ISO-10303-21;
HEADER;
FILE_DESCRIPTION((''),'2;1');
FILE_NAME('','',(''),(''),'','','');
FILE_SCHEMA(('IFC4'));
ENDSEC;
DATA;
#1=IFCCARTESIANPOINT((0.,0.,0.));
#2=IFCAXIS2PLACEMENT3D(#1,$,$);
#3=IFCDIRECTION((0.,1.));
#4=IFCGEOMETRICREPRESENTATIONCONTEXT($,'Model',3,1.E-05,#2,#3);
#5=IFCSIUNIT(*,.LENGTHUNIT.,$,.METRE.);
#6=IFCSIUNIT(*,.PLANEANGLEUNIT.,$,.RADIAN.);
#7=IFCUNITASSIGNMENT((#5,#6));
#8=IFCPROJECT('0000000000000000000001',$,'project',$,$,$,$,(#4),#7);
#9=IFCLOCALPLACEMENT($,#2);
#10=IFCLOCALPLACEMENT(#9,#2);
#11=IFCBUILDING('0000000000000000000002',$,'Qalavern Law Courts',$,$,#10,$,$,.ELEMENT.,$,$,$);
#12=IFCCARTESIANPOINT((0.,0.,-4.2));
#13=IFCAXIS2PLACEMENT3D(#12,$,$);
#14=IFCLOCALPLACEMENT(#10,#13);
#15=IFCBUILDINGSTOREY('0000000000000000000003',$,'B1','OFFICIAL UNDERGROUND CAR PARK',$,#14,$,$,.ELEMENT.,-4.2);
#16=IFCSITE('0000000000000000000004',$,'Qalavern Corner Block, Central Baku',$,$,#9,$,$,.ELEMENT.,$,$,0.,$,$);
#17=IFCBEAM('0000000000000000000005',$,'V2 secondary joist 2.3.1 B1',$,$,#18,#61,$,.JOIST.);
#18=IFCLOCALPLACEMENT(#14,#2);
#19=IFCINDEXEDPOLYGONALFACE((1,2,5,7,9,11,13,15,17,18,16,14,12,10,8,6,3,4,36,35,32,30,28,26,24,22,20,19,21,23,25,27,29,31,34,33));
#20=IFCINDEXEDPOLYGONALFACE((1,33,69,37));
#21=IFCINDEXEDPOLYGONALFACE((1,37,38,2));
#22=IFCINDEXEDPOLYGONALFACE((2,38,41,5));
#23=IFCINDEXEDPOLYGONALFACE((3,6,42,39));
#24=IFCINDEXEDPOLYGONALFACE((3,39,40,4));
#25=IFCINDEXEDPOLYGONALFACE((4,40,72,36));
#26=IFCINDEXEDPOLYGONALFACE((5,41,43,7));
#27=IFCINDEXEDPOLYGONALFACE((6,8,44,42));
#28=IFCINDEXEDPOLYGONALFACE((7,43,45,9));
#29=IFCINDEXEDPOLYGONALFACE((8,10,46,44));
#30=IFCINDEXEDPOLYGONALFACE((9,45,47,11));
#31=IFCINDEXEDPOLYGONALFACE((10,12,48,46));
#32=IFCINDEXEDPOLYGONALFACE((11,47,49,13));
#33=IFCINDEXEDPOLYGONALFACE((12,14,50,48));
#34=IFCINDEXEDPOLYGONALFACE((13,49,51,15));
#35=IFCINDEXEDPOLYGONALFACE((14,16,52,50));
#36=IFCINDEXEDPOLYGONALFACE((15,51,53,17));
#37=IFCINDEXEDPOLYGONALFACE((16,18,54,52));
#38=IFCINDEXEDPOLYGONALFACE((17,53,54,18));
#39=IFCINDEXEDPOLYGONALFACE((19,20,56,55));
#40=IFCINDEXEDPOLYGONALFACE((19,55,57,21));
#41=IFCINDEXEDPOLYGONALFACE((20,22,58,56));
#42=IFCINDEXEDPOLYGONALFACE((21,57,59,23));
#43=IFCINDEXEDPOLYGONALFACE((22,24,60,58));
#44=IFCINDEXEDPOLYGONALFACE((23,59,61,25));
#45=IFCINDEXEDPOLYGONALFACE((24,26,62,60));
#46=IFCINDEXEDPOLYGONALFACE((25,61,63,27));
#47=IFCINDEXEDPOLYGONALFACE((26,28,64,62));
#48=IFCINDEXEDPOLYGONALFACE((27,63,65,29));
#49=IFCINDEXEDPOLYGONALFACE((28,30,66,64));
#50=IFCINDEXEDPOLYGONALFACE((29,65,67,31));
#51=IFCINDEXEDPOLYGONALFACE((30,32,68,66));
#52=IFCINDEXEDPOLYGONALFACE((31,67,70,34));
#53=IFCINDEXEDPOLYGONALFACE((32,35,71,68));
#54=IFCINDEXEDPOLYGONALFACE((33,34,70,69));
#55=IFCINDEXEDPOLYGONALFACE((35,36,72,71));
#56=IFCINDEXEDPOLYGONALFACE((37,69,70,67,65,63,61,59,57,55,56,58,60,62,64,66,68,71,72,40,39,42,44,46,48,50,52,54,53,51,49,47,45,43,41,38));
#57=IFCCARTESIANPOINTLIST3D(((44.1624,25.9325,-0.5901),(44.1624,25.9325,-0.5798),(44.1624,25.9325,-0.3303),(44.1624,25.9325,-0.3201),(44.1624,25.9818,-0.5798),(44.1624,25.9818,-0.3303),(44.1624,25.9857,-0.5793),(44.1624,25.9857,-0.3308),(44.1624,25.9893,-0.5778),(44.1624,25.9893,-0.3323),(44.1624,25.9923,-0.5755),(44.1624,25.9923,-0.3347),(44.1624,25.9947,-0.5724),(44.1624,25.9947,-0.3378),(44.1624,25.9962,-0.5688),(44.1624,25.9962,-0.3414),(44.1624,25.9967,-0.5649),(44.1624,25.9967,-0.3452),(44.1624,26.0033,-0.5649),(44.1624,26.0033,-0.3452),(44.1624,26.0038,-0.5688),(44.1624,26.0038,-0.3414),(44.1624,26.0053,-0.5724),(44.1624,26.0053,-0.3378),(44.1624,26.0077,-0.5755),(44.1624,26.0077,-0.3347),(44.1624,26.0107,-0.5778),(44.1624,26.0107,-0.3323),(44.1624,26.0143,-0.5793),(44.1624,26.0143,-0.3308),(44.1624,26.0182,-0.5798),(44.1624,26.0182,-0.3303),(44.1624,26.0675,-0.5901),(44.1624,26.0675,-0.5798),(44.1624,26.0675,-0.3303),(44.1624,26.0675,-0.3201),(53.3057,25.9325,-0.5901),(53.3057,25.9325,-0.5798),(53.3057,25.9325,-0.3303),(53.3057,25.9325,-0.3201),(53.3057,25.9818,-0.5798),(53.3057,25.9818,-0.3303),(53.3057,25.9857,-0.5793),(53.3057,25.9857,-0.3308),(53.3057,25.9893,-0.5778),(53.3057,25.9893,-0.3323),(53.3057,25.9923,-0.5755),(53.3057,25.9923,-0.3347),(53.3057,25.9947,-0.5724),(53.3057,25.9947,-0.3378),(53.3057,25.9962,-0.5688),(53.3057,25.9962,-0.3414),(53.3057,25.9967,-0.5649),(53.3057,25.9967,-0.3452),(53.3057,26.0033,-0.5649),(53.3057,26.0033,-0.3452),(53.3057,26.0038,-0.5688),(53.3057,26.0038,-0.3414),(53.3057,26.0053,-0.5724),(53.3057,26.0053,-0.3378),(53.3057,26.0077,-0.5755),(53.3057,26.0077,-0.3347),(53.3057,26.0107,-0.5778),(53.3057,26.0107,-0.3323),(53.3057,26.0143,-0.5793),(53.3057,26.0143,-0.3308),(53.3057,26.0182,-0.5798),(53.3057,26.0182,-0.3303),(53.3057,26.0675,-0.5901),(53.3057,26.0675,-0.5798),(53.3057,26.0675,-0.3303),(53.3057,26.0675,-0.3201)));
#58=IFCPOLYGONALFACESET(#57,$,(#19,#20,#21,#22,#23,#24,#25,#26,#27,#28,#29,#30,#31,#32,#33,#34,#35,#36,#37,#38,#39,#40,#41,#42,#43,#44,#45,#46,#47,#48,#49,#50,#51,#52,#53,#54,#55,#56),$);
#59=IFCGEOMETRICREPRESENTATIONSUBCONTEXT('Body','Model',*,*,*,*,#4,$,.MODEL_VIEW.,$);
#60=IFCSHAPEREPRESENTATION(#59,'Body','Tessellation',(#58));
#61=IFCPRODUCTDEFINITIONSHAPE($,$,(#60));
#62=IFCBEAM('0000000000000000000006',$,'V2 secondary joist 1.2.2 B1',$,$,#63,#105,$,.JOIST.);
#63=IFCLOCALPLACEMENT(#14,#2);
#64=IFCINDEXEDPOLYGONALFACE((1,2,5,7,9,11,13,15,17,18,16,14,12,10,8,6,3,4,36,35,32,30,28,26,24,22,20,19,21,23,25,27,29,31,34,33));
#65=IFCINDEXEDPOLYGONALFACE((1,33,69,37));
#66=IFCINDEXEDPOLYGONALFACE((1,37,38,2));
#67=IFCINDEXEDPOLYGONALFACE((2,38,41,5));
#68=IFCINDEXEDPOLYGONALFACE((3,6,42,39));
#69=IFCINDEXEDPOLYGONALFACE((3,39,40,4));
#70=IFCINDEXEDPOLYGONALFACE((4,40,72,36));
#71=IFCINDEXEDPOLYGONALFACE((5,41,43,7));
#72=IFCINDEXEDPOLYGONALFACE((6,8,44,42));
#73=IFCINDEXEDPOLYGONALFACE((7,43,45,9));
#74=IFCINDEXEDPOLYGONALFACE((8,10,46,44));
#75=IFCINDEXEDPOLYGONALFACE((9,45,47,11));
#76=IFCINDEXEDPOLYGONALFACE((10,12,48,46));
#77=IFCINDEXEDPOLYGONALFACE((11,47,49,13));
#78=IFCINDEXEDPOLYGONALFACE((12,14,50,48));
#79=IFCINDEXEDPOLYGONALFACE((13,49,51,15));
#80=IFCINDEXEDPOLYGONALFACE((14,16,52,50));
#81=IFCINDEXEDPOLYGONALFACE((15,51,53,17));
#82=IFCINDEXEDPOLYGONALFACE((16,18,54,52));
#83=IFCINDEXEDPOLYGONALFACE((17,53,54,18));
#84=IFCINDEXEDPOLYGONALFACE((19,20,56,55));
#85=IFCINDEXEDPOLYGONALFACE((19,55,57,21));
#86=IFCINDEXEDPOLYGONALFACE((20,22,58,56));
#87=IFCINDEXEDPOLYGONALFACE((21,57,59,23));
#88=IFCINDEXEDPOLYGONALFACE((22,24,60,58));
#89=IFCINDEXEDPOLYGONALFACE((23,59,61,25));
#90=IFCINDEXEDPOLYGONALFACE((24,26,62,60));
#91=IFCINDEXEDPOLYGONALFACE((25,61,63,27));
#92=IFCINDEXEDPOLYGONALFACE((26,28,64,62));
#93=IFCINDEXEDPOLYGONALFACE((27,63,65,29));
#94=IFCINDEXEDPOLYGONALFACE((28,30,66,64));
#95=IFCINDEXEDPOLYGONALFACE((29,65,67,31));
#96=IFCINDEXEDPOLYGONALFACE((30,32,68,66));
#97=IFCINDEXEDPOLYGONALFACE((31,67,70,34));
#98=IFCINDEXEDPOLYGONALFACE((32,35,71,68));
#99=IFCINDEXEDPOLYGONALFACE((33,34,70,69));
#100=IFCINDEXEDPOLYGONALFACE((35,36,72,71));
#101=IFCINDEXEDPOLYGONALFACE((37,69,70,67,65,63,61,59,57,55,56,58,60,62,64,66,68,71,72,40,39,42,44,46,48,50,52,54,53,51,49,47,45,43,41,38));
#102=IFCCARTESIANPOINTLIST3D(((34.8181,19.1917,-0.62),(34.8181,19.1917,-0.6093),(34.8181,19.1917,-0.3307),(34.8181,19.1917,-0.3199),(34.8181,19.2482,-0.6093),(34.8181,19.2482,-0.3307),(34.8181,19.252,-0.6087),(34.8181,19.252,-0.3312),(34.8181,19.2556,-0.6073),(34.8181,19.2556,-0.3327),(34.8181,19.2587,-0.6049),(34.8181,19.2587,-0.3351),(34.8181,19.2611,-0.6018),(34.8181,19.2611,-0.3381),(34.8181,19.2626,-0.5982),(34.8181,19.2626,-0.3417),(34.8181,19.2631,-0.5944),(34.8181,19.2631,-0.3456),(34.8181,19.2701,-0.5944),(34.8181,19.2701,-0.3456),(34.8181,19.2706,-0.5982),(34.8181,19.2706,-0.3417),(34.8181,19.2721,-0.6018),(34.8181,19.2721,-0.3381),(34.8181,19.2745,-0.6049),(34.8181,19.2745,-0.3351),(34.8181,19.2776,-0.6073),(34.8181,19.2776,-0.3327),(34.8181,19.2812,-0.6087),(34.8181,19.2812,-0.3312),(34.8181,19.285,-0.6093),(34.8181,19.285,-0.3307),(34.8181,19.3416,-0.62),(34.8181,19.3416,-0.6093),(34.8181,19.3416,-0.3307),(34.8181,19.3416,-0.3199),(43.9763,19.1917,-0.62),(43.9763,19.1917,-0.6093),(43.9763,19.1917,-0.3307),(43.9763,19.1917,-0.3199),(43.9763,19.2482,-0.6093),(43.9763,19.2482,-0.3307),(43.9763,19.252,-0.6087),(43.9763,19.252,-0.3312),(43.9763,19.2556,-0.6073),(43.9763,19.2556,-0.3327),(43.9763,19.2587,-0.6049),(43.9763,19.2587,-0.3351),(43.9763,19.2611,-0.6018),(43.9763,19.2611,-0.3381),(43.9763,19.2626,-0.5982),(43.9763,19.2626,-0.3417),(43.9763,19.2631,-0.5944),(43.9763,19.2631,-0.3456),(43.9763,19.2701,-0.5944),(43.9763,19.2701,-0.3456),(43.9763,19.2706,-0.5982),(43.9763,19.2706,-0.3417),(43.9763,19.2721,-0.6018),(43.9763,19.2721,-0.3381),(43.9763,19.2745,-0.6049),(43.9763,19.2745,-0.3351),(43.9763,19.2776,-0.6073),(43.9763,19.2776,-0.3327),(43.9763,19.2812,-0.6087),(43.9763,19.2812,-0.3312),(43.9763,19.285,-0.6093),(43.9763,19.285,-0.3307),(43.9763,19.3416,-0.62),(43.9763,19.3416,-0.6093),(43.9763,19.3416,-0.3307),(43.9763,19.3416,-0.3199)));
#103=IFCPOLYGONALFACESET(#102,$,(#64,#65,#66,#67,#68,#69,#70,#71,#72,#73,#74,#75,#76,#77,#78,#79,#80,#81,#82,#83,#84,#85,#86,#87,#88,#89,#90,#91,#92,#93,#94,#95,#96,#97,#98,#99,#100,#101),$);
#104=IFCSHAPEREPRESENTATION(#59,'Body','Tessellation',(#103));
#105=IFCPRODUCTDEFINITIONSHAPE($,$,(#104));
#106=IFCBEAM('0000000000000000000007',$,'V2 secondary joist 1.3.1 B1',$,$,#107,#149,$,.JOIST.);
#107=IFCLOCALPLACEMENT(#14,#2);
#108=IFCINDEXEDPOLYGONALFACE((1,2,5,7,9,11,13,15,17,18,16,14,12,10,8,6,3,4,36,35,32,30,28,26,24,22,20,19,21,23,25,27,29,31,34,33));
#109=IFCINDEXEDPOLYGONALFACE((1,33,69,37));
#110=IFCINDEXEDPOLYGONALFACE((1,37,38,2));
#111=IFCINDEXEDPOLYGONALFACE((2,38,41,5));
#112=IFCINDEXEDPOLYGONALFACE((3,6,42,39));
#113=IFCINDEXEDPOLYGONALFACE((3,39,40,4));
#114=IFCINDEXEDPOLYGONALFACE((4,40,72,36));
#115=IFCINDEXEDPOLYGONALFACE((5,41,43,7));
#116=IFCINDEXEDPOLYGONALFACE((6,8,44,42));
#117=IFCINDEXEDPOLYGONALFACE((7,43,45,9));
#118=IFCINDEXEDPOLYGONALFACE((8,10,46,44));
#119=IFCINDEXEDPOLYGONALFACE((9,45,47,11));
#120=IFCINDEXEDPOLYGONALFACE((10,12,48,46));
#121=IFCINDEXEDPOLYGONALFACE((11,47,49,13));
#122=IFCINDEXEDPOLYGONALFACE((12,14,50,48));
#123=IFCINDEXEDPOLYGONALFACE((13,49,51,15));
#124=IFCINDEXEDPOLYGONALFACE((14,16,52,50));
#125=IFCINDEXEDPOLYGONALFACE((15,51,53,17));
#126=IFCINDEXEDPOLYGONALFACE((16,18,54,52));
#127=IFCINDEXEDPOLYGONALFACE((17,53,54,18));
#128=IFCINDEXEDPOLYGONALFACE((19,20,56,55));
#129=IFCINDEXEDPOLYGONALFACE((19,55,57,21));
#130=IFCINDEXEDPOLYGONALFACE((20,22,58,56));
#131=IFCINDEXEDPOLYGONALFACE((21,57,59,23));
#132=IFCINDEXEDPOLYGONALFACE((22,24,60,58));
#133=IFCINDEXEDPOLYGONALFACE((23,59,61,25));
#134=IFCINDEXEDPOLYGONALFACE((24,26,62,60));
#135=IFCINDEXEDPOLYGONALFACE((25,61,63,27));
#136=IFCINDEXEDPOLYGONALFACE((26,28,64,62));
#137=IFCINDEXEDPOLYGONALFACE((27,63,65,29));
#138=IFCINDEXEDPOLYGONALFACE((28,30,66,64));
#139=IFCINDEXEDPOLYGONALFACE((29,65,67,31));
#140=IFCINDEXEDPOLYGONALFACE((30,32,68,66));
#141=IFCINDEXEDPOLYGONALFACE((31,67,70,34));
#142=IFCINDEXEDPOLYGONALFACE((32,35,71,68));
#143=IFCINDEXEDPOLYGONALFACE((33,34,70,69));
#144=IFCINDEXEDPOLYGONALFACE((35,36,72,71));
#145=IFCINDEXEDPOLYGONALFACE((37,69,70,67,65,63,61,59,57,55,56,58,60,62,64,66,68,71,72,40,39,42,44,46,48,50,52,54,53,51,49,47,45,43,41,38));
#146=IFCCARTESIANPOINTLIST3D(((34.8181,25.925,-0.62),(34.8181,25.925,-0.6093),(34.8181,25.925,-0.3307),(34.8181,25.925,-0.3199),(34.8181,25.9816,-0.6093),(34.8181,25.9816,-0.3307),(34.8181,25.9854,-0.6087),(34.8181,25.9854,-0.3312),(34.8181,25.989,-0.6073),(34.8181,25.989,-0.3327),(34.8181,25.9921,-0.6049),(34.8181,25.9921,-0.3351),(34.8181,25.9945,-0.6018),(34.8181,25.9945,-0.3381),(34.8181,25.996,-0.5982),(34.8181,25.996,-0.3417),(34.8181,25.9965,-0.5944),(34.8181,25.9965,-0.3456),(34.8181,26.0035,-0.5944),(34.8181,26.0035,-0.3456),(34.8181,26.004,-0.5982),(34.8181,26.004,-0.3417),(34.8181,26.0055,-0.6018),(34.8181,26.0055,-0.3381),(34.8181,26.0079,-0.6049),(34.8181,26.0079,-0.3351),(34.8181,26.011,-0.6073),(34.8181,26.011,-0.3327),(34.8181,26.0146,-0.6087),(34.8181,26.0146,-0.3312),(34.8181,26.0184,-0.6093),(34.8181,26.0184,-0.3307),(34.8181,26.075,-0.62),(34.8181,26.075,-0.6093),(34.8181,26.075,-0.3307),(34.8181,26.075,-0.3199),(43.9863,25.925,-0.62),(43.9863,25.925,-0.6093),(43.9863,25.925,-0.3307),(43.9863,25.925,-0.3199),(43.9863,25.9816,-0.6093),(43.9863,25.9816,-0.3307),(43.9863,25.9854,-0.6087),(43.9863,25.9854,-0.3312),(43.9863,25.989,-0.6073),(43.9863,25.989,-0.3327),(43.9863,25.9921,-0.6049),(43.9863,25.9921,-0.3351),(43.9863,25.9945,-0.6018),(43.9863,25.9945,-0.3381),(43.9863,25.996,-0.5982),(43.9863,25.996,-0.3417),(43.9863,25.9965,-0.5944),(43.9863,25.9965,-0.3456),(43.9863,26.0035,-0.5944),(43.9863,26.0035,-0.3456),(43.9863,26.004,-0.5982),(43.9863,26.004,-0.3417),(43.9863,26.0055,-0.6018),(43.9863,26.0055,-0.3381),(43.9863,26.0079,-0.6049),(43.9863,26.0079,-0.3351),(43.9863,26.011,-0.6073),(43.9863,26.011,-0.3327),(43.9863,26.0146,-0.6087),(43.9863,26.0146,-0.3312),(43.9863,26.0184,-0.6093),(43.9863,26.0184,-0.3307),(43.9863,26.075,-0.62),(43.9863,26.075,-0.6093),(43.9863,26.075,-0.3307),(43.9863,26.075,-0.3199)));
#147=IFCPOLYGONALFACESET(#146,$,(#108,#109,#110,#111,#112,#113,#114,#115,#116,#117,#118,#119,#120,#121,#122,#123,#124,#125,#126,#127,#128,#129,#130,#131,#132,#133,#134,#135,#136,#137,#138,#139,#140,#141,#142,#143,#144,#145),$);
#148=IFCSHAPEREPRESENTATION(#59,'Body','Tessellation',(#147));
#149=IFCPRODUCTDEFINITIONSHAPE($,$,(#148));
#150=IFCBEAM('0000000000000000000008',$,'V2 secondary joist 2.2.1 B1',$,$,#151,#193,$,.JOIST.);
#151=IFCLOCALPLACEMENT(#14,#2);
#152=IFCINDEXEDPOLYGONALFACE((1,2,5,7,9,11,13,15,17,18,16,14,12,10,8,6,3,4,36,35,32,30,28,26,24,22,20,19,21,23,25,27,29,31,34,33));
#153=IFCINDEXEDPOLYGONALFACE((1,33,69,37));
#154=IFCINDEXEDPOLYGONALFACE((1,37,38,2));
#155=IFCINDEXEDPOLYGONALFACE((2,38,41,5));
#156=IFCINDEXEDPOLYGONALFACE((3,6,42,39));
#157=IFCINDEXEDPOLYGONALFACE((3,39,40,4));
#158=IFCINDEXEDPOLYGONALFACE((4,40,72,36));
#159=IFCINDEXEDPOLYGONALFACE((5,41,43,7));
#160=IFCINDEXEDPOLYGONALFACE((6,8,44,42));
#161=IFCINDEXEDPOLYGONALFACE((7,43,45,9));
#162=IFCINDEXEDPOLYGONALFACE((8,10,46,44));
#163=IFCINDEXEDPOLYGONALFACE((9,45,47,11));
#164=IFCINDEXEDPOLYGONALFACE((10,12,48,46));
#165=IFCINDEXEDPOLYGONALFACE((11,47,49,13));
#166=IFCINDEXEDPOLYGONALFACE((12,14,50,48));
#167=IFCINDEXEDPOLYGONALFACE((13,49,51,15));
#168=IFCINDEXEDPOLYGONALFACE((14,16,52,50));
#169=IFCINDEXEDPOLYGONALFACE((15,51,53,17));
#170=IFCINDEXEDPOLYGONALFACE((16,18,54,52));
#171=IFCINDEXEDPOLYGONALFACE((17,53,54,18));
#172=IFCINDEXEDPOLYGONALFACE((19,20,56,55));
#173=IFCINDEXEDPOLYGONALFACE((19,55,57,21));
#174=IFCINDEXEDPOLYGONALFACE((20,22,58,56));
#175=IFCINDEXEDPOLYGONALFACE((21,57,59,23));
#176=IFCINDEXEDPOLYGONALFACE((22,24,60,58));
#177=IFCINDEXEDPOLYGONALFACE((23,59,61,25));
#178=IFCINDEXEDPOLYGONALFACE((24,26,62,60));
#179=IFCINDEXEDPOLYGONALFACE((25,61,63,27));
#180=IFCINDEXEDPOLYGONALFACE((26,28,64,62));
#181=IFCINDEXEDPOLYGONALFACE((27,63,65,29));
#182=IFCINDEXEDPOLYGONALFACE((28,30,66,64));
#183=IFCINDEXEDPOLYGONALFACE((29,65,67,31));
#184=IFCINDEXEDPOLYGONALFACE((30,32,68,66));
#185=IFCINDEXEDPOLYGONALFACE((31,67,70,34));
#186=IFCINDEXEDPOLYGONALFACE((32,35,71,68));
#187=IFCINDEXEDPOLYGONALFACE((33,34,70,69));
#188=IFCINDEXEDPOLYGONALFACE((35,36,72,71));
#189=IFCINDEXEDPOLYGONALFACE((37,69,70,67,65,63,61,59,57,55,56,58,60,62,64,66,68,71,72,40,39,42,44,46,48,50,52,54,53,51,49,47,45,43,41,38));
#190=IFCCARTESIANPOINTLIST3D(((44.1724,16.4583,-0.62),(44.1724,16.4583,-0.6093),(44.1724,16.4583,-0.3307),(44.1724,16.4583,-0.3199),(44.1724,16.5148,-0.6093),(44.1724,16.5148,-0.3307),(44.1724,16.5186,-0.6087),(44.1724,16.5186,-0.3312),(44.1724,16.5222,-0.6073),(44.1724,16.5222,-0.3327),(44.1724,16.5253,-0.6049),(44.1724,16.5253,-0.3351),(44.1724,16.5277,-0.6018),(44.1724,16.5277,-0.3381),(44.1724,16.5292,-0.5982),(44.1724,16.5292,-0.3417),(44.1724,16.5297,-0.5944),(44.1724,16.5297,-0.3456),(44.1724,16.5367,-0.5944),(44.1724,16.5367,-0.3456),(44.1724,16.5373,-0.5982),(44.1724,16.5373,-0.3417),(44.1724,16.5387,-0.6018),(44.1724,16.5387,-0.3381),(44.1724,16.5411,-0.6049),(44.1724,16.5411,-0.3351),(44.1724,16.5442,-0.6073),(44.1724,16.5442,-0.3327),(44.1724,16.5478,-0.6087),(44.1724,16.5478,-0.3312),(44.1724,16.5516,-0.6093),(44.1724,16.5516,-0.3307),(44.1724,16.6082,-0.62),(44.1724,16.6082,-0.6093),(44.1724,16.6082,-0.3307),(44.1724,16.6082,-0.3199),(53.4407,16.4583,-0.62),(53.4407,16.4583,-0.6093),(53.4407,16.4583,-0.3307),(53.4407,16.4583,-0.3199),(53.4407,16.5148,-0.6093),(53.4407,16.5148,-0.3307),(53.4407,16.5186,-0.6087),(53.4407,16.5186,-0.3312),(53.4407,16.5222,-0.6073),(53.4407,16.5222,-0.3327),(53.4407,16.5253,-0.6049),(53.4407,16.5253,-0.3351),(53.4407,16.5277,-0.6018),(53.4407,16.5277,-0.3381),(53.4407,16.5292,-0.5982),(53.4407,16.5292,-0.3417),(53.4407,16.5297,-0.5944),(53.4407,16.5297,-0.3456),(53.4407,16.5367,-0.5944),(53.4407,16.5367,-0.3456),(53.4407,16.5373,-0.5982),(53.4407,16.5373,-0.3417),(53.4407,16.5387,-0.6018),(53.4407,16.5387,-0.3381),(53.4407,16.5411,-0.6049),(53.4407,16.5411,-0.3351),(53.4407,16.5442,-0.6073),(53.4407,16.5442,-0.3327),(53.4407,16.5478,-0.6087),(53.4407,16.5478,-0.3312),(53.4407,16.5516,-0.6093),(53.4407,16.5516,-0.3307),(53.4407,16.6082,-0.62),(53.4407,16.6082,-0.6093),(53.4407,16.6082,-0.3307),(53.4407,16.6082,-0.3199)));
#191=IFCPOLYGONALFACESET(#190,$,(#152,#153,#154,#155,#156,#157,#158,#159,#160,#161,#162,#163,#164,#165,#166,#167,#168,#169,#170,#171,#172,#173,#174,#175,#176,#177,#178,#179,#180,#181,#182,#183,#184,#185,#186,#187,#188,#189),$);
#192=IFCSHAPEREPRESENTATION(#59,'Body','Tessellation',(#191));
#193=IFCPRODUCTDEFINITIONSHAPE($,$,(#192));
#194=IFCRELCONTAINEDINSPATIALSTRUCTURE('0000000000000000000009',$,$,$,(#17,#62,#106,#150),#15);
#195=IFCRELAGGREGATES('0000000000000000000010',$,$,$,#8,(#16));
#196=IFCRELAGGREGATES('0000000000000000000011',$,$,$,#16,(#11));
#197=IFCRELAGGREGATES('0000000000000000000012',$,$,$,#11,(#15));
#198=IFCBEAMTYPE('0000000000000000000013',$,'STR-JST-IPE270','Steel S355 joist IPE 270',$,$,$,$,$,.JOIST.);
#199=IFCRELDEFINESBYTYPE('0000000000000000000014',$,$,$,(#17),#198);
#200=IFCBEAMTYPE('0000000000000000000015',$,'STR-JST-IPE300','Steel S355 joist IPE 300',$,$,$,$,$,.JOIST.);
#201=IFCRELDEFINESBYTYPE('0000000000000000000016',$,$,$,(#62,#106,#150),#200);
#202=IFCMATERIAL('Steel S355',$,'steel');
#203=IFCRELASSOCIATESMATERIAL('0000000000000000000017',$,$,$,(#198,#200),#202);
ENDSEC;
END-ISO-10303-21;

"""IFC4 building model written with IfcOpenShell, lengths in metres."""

from ifc_helpers import new_model, si_unit, direction, frame, origin, origin_2d, place, context, subcontext, project, spatial, i_section, extrude, material, material_profile, profile_set, type_object, element, save


model = new_model("IFC4")

# Units and contexts
model_context = context("Model", 3, precision=1e-05, world=origin(), true_north=direction((0.0, 1.0)))
body_context = subcontext(model_context, "Body", "Model", "MODEL_VIEW")
ifc_project = project(units=[si_unit("LENGTHUNIT", "METRE"), si_unit("PLANEANGLEUNIT", "RADIAN")], contexts=[model_context])

# Site, building, storey
site_placement = place(None, origin())
site = spatial("IfcSite", under=ifc_project, at=site_placement, Name="Qalavern Corner Block, Central Baku", CompositionType="ELEMENT", RefElevation=0.0)
building_placement = place(site_placement, origin())
building = spatial("IfcBuilding", under=site, at=building_placement, Name="Qalavern Law Courts", CompositionType="ELEMENT")
storey_placement = place(building_placement, frame((0.0, 0.0, -4.2)))
storey = spatial("IfcBuildingStorey", under=building, at=storey_placement, Name="B1", Description="OFFICIAL UNDERGROUND CAR PARK", CompositionType="ELEMENT", Elevation=-4.2)

# Shared definitions
ifc_material_1 = material(Name="Steel S355", Category="steel")

# Beams
ifc_material_profile_1 = material_profile(ifc_material_1, i_section(OverallWidth=0.135, OverallDepth=0.27, WebThickness=0.0066, FlangeThickness=0.0103, FilletRadius=0.0149, at=origin_2d()), Name="IPE 270")
ifc_profile_set_1 = profile_set([ifc_material_profile_1], Name="Steel S355")
beam_type_1 = type_object("IfcBeamType", Name="STR-JST-IPE270", Description="Steel S355 joist IPE 270", PredefinedType="JOIST", material=ifc_profile_set_1)
beam_1_placement = place(storey_placement, frame((44.1624, 26.0, -0.4551), z_axis=(1.0, 0.0, 0.0), x_axis=(0.0, 1.0, 0.0)))
element("IfcBeam", 1, at=beam_1_placement, inside=storey, type_object=beam_type_1, Name="V2 secondary joist 2.3.1 B1", PredefinedType="JOIST", context=body_context, shape_type="SweptSolid", body=[
    extrude(i_section(OverallWidth=0.135, OverallDepth=0.27, WebThickness=0.0066, FlangeThickness=0.0103, FilletRadius=0.0149, at=origin_2d()), origin(), (0.0, 0.0, 1.0), 9.1433),
])
ifc_material_profile_2 = material_profile(ifc_material_1, i_section(OverallWidth=0.1499, OverallDepth=0.3, WebThickness=0.0071, FlangeThickness=0.0107, FilletRadius=0.0149, at=origin_2d()), Name="IPE 300")
ifc_profile_set_2 = profile_set([ifc_material_profile_2], Name="Steel S355")
beam_type_2 = type_object("IfcBeamType", Name="STR-JST-IPE300", Description="Steel S355 joist IPE 300", PredefinedType="JOIST", material=ifc_profile_set_2)
beam_2_placement = place(storey_placement, frame((34.8181, 19.2666, -0.47), z_axis=(1.0, 0.0, 0.0), x_axis=(0.0, 1.0, 0.0)))
element("IfcBeam", 2, at=beam_2_placement, inside=storey, type_object=beam_type_2, Name="V2 secondary joist 1.2.2 B1", PredefinedType="JOIST", context=body_context, shape_type="SweptSolid", body=[
    extrude(i_section(OverallWidth=0.1499, OverallDepth=0.3, WebThickness=0.0071, FlangeThickness=0.0107, FilletRadius=0.0149, at=origin_2d()), origin(), (0.0, 0.0, 1.0), 9.1582),
])
beam_3_placement = place(storey_placement, frame((34.8181, 26.0, -0.47), z_axis=(1.0, 0.0, 0.0), x_axis=(0.0, 1.0, 0.0)))
element("IfcBeam", 3, at=beam_3_placement, inside=storey, type_object=beam_type_2, Name="V2 secondary joist 1.3.1 B1", PredefinedType="JOIST", context=body_context, shape_type="SweptSolid", body=[
    extrude(i_section(OverallWidth=0.1499, OverallDepth=0.3, WebThickness=0.0071, FlangeThickness=0.0107, FilletRadius=0.0149, at=origin_2d()), origin(), (0.0, 0.0, 1.0), 9.1682),
])
beam_4_placement = place(storey_placement, frame((44.1724, 16.5332, -0.47), z_axis=(1.0, 0.0, 0.0), x_axis=(0.0, 1.0, 0.0)))
element("IfcBeam", 4, at=beam_4_placement, inside=storey, type_object=beam_type_2, Name="V2 secondary joist 2.2.1 B1", PredefinedType="JOIST", context=body_context, shape_type="SweptSolid", body=[
    extrude(i_section(OverallWidth=0.1499, OverallDepth=0.3, WebThickness=0.0071, FlangeThickness=0.0107, FilletRadius=0.0149, at=origin_2d()), origin(), (0.0, 0.0, 1.0), 9.2683),
])

save(model, "model.ifc")
